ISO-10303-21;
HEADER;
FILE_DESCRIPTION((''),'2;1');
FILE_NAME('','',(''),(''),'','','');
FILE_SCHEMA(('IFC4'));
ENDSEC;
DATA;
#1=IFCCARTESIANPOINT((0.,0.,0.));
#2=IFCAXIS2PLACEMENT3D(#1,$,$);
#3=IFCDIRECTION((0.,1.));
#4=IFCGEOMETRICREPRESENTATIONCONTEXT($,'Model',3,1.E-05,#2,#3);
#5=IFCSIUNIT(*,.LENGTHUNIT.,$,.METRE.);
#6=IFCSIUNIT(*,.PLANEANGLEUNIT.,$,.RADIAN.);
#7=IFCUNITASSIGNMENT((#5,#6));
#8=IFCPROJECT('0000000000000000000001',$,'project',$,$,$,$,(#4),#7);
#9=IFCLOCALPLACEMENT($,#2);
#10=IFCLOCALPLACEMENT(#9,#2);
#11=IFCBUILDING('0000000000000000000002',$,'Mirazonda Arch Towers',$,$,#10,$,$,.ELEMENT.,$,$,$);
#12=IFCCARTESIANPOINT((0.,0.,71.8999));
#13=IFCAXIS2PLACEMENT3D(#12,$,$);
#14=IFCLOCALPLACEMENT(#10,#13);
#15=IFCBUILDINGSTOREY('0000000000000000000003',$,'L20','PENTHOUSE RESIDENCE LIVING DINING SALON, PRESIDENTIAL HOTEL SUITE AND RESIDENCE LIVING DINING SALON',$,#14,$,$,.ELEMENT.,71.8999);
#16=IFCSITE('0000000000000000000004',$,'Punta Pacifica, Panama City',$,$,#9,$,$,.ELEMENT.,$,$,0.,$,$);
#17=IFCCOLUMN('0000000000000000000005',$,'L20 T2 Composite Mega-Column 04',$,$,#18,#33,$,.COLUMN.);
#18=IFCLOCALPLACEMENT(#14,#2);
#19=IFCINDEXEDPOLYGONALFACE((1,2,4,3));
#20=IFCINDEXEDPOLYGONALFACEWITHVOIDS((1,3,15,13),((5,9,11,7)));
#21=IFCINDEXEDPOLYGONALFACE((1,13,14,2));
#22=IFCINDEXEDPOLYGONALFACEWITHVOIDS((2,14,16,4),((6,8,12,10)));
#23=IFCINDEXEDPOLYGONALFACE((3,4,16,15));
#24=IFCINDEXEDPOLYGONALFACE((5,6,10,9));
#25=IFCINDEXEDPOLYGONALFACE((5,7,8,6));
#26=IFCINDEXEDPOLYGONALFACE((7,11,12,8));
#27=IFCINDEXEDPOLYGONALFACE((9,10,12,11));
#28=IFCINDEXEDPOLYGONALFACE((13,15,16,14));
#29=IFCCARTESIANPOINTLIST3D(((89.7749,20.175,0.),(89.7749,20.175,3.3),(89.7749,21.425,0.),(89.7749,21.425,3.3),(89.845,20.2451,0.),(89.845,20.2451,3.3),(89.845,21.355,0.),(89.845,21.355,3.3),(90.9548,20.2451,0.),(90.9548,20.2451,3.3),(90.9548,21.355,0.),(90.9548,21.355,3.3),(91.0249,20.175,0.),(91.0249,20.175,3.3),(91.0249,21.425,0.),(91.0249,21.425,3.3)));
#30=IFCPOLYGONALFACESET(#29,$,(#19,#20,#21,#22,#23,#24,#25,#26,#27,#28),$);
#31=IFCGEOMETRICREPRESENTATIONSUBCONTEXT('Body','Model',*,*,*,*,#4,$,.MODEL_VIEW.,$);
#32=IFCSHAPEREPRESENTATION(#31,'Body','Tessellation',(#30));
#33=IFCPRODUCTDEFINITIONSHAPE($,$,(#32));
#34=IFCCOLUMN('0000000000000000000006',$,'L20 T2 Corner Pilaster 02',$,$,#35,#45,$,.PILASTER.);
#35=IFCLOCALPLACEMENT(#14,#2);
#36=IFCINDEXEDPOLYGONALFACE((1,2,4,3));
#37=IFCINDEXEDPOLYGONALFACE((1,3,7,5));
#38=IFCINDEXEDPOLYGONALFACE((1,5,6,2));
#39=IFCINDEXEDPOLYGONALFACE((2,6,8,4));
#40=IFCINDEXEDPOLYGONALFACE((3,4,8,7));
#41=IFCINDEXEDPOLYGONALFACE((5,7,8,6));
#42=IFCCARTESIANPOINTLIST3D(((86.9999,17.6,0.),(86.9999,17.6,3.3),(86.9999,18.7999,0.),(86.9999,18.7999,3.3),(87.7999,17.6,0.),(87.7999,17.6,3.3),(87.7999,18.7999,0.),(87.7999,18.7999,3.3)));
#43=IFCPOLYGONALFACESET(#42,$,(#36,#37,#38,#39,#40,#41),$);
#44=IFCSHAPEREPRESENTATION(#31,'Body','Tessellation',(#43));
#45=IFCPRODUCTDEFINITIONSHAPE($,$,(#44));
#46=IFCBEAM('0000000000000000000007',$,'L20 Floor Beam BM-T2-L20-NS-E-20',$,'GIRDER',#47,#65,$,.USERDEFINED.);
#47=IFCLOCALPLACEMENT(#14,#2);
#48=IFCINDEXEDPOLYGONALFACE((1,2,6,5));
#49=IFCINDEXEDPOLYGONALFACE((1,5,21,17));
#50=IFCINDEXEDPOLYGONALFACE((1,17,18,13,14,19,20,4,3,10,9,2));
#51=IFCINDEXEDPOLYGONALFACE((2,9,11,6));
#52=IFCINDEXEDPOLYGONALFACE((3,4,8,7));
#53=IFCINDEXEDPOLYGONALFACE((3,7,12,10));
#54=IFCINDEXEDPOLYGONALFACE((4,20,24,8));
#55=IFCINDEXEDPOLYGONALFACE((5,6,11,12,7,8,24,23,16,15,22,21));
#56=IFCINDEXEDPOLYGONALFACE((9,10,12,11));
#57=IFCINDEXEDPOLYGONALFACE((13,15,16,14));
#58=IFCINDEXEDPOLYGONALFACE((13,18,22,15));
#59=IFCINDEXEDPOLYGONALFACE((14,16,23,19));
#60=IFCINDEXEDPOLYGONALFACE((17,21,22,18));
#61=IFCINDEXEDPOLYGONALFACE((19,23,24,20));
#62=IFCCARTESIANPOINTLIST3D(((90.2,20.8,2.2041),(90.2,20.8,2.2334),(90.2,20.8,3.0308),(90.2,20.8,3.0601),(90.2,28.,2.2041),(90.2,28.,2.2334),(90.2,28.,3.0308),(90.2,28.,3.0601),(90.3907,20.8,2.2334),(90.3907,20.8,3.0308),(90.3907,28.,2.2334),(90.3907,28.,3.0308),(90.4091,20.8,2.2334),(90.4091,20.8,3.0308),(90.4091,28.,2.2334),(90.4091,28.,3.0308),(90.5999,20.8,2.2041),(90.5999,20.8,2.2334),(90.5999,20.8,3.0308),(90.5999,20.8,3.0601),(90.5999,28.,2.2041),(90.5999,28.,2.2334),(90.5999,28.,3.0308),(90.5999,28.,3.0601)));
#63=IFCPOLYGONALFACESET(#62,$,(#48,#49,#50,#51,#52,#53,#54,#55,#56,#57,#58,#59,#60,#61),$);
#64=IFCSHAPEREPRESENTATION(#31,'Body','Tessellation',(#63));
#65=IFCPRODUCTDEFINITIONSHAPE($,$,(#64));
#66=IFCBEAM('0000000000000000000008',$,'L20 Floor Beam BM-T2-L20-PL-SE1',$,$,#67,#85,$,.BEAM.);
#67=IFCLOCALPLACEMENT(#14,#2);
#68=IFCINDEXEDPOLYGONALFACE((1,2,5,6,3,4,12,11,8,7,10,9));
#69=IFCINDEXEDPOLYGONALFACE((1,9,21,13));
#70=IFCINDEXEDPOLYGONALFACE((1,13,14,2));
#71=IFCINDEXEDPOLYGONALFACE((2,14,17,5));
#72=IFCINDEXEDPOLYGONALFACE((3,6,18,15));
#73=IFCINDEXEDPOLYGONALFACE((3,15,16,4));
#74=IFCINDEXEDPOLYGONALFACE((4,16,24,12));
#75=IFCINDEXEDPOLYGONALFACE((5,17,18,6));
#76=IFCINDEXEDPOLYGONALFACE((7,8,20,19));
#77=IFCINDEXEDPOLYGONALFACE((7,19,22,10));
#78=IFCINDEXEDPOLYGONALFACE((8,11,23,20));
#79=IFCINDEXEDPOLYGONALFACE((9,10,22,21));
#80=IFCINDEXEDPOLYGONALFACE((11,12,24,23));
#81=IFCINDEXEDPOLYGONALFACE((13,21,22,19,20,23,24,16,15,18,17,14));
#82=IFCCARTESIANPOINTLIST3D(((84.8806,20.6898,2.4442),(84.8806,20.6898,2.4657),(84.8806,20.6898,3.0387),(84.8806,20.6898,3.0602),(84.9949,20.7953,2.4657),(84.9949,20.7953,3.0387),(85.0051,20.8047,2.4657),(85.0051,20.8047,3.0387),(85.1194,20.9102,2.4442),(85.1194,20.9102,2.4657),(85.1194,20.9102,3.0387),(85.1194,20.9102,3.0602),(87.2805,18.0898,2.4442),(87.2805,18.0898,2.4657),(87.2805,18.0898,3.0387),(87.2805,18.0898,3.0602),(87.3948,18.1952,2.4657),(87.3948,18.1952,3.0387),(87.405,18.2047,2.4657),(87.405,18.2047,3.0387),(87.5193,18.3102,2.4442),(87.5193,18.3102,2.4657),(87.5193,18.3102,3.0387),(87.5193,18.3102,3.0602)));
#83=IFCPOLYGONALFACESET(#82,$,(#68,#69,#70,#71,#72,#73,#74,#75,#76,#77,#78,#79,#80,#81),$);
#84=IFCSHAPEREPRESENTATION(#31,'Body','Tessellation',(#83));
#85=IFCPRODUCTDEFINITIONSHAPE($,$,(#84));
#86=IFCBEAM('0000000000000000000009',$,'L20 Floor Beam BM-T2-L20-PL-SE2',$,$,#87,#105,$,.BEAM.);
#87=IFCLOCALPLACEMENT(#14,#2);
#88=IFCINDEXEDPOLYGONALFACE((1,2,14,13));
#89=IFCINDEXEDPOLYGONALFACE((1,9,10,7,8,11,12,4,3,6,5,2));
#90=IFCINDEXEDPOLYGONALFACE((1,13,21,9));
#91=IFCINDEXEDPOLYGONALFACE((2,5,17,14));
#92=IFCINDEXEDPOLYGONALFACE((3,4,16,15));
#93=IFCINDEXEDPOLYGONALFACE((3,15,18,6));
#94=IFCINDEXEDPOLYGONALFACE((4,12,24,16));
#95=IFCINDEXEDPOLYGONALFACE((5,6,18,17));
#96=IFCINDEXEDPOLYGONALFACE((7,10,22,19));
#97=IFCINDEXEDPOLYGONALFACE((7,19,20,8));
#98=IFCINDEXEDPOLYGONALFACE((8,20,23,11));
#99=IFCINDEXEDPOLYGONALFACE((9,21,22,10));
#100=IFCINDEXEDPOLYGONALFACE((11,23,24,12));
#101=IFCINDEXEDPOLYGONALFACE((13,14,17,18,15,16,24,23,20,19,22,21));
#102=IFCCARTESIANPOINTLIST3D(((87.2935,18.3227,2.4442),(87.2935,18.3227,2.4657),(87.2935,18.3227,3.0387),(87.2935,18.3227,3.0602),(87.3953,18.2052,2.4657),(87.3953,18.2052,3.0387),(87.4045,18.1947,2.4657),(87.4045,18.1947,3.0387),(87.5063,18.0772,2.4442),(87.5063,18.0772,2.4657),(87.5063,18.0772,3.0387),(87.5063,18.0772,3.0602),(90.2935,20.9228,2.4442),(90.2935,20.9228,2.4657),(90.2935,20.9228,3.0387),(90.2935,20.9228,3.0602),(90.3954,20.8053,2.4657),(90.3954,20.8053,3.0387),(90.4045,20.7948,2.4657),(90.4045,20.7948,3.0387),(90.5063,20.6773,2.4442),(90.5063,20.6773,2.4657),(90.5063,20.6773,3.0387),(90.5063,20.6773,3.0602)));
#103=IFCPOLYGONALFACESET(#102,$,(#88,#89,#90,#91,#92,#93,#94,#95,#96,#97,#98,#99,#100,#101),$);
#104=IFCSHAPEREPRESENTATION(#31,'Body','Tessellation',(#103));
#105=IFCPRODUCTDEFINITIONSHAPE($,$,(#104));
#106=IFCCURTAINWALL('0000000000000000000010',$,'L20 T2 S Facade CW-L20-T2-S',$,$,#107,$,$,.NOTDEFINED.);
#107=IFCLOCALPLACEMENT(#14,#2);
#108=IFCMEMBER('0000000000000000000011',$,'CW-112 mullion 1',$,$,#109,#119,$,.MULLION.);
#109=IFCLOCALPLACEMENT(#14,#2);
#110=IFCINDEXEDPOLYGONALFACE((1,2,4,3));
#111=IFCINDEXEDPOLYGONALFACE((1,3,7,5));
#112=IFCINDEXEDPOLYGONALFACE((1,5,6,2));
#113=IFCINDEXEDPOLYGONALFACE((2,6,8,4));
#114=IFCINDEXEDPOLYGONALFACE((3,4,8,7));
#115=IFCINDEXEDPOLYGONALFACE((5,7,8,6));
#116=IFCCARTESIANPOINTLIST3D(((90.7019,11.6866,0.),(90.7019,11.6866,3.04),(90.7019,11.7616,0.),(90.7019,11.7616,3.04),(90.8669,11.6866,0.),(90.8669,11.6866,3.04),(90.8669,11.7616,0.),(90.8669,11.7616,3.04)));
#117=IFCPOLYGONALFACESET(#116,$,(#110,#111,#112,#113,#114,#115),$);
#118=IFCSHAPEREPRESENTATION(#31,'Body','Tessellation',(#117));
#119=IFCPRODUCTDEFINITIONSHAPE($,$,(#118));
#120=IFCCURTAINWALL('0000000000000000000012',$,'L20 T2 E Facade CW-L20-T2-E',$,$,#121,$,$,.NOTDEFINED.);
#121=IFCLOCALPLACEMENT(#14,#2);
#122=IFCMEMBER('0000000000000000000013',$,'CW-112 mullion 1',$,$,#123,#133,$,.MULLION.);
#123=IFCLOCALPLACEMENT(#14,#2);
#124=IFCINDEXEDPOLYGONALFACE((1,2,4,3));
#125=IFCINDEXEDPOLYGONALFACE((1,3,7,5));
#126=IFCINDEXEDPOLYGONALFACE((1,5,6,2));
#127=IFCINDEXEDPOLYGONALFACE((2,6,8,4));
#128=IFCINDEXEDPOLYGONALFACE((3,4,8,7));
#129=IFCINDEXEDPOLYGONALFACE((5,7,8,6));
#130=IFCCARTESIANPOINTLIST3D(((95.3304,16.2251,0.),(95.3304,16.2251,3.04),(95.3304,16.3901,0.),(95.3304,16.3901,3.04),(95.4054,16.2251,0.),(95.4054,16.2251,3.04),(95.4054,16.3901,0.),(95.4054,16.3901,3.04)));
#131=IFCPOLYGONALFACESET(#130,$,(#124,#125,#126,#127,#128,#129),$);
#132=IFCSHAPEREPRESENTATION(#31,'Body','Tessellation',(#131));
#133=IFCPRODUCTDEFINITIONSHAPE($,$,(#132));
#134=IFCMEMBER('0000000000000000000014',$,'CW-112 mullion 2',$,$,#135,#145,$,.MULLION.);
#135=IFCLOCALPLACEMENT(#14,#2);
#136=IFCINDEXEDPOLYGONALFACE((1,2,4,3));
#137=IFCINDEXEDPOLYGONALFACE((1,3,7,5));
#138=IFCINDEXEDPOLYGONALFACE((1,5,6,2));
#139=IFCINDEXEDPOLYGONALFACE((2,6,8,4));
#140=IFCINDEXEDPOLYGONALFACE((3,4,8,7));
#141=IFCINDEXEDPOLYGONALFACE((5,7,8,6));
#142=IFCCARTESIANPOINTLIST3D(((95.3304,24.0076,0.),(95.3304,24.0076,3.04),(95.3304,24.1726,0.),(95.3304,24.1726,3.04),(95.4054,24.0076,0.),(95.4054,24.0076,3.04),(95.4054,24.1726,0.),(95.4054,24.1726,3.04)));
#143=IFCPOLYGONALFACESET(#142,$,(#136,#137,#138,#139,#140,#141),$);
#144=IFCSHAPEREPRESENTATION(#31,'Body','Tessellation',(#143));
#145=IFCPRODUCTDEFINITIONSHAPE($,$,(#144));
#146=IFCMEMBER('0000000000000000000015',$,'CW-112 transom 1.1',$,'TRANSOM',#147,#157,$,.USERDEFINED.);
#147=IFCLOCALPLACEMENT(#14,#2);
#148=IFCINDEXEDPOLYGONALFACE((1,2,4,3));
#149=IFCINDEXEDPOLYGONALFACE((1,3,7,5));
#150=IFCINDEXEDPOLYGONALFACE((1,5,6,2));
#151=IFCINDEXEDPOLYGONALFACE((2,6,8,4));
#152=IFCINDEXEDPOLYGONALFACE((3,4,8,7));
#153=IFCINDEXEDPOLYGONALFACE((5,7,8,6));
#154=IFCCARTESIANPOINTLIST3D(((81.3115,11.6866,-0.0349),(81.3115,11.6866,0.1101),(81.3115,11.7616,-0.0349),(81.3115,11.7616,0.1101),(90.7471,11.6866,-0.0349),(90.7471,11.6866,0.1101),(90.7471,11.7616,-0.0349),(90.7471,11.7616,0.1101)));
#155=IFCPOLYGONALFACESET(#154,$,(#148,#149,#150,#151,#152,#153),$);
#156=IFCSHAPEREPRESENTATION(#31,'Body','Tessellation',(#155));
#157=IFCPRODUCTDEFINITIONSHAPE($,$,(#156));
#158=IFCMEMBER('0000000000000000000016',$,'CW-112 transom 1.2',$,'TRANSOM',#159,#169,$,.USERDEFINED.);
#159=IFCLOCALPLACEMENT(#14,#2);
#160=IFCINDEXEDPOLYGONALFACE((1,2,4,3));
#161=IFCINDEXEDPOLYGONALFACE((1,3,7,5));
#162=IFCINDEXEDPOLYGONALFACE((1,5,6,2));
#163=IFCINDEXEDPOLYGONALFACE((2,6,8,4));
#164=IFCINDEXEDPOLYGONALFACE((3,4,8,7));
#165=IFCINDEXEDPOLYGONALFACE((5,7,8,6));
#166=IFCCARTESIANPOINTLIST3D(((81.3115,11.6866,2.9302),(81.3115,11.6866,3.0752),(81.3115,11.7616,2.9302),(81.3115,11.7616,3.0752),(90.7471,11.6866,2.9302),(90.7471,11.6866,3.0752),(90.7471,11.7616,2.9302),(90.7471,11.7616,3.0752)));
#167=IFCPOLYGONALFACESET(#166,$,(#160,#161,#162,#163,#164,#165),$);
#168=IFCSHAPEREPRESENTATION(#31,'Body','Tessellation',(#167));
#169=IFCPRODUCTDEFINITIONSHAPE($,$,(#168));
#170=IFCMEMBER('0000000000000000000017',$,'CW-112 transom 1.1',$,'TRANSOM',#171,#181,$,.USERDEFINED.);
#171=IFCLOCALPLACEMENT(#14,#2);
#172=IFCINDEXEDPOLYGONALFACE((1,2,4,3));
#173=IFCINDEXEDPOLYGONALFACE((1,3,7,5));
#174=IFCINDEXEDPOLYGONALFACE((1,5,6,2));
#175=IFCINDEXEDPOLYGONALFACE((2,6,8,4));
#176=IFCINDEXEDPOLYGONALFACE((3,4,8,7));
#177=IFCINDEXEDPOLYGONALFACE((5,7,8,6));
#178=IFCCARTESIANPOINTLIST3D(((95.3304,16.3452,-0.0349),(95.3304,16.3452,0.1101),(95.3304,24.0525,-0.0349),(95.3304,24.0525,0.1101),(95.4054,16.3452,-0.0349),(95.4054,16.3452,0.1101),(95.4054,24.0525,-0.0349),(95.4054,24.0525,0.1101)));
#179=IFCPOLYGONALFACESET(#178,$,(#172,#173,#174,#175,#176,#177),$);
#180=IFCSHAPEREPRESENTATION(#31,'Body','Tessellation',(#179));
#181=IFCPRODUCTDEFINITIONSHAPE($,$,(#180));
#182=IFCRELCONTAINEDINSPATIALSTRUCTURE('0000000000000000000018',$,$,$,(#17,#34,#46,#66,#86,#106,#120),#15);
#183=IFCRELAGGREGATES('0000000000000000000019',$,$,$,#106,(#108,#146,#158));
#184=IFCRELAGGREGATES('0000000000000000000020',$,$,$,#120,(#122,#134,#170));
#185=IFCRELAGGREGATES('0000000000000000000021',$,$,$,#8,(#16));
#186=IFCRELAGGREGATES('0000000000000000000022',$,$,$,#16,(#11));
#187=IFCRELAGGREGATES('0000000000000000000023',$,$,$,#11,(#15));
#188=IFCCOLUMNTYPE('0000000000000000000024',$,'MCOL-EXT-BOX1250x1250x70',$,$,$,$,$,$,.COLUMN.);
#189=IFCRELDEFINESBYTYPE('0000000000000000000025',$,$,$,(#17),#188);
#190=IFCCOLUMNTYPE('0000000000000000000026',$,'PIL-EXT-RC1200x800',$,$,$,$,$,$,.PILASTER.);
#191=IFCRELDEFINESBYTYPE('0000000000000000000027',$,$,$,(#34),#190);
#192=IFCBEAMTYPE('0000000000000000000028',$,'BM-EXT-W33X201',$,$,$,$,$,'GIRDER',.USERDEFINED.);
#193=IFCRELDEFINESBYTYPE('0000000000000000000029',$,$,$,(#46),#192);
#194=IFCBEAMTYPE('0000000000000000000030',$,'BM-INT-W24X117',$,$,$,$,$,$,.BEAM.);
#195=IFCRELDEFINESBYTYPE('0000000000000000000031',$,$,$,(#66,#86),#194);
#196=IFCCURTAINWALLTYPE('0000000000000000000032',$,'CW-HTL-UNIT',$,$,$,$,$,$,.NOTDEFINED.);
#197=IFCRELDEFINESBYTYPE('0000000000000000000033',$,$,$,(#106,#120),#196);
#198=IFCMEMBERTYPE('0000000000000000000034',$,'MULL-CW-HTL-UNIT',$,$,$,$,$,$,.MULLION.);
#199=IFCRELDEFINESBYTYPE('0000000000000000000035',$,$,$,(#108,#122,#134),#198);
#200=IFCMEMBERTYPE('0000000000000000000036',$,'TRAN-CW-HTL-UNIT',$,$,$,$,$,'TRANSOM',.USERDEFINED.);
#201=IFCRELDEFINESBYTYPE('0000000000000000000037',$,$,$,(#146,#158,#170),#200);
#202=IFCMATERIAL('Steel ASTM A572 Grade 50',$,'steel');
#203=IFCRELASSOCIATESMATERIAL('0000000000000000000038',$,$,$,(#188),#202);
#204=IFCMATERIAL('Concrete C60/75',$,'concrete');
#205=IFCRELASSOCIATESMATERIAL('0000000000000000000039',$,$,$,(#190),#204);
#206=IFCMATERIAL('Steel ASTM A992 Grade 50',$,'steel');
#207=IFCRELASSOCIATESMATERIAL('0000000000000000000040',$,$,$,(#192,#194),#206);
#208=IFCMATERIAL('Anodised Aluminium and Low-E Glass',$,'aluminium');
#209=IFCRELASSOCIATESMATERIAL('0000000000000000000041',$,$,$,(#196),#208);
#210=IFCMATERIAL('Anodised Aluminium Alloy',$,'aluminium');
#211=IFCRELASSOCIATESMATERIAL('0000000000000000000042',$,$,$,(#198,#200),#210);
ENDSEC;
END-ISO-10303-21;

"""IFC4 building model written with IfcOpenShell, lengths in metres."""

from ifc_helpers import new_model, si_unit, direction, frame, origin, origin_2d, place, context, subcontext, project, spatial, rectangle, hollow_rectangle, i_section, extrude, material, material_profile, profile_set, type_object, element, aggregate, save


model = new_model("IFC4")

# Units and contexts
model_context = context("Model", 3, precision=1e-05, world=origin(), true_north=direction((0.0, 1.0)))
body_context = subcontext(model_context, "Body", "Model", "MODEL_VIEW")
ifc_project = project(units=[si_unit("LENGTHUNIT", "METRE"), si_unit("PLANEANGLEUNIT", "RADIAN")], contexts=[model_context])

# Site, building, storey
site_placement = place(None, origin())
site = spatial("IfcSite", under=ifc_project, at=site_placement, Name="Punta Pacifica, Panama City", CompositionType="ELEMENT", RefElevation=0.0)
building_placement = place(site_placement, origin())
building = spatial("IfcBuilding", under=site, at=building_placement, Name="Mirazonda Arch Towers", CompositionType="ELEMENT")
storey_placement = place(building_placement, frame((0.0, 0.0, 71.8999)))
storey = spatial("IfcBuildingStorey", under=building, at=storey_placement, Name="L20", Description="PENTHOUSE RESIDENCE LIVING DINING SALON, PRESIDENTIAL HOTEL SUITE AND RESIDENCE LIVING DINING SALON", CompositionType="ELEMENT", Elevation=71.8999)

# Columns
ifc_material_1 = material(Name="Steel ASTM A572 Grade 50", Category="steel")
ifc_material_profile_1 = material_profile(ifc_material_1, hollow_rectangle(XDim=1.25, YDim=1.25, WallThickness=0.0701, at=origin_2d()), Name="BOX1250x1250x70")
ifc_profile_set_1 = profile_set([ifc_material_profile_1], Name="Steel ASTM A572 Grade 50")
column_type_1 = type_object("IfcColumnType", Name="MCOL-EXT-BOX1250x1250x70", PredefinedType="COLUMN", material=ifc_profile_set_1)
column_1_placement = place(storey_placement, frame((90.3999, 20.8, 0.0), z_axis=(0.0, 0.0, 1.0), x_axis=(1.0, 0.0, 0.0)))
element("IfcColumn", 1, at=column_1_placement, inside=storey, type_object=column_type_1, Name="L20 T2 Composite Mega-Column 04", PredefinedType="COLUMN", context=body_context, shape_type="SweptSolid", body=[
    extrude(hollow_rectangle(XDim=1.25, YDim=1.25, WallThickness=0.0701, at=origin_2d()), origin(), (0.0, 0.0, 1.0), 3.3),
])
ifc_material_2 = material(Name="Concrete C60/75", Category="concrete")
ifc_material_profile_2 = material_profile(ifc_material_2, rectangle(XDim=0.8, YDim=1.2, at=origin_2d()), Name="RC1200x800")
ifc_profile_set_2 = profile_set([ifc_material_profile_2], Name="Concrete C60/75")
column_type_2 = type_object("IfcColumnType", Name="PIL-EXT-RC1200x800", PredefinedType="PILASTER", material=ifc_profile_set_2)
column_2_placement = place(storey_placement, frame((87.3999, 18.2, 0.0), z_axis=(0.0, 0.0, 1.0), x_axis=(1.0, 0.0, 0.0)))
element("IfcColumn", 2, at=column_2_placement, inside=storey, type_object=column_type_2, Name="L20 T2 Corner Pilaster 02", PredefinedType="PILASTER", context=body_context, shape_type="SweptSolid", body=[
    extrude(rectangle(XDim=0.8, YDim=1.2, at=origin_2d()), origin(), (0.0, 0.0, 1.0), 3.3),
])

# Beams
ifc_material_3 = material(Name="Steel ASTM A992 Grade 50", Category="steel")
ifc_material_profile_3 = material_profile(ifc_material_3, i_section(OverallWidth=0.3999, OverallDepth=0.856, WebThickness=0.0183, FlangeThickness=0.0293, at=origin_2d()), Name="W33X201")
ifc_profile_set_3 = profile_set([ifc_material_profile_3], Name="Steel ASTM A992 Grade 50")
beam_type_1 = type_object("IfcBeamType", Name="BM-EXT-W33X201", ElementType="GIRDER", PredefinedType="USERDEFINED", material=ifc_profile_set_3)
beam_1_placement = place(storey_placement, frame((90.3999, 20.8, 2.6321), z_axis=(0.0, 1.0, 0.0), x_axis=(-1.0, 0.0, 0.0)))
element("IfcBeam", 3, at=beam_1_placement, inside=storey, type_object=beam_type_1, Name="L20 Floor Beam BM-T2-L20-NS-E-20", ObjectType="GIRDER", PredefinedType="USERDEFINED", context=body_context, shape_type="SweptSolid", body=[
    extrude(i_section(OverallWidth=0.3999, OverallDepth=0.856, WebThickness=0.0183, FlangeThickness=0.0293, at=origin_2d()), origin(), (0.0, 0.0, 1.0), 7.2),
])
ifc_material_profile_4 = material_profile(ifc_material_3, i_section(OverallWidth=0.325, OverallDepth=0.616, WebThickness=0.0139, FlangeThickness=0.0215, at=origin_2d()), Name="W24X117")
ifc_profile_set_4 = profile_set([ifc_material_profile_4], Name="Steel ASTM A992 Grade 50")
beam_type_2 = type_object("IfcBeamType", Name="BM-INT-W24X117", PredefinedType="BEAM", material=ifc_profile_set_4)
beam_2_placement = place(storey_placement, frame((87.3999, 18.2, 2.7522), z_axis=(-0.678251, 0.73483, 0.0), x_axis=(-0.73483, -0.678251, 0.0)))
element("IfcBeam", 4, at=beam_2_placement, inside=storey, type_object=beam_type_2, Name="L20 Floor Beam BM-T2-L20-PL-SE1", PredefinedType="BEAM", context=body_context, shape_type="SweptSolid", body=[
    extrude(i_section(OverallWidth=0.325, OverallDepth=0.616, WebThickness=0.0139, FlangeThickness=0.0215, at=origin_2d()), origin(), (0.0, 0.0, 1.0), 3.5383),
])
beam_3_placement = place(storey_placement, frame((87.3999, 18.2, 2.7522), z_axis=(0.755677, 0.654945, 0.0), x_axis=(-0.654945, 0.755677, 0.0)))
element("IfcBeam", 5, at=beam_3_placement, inside=storey, type_object=beam_type_2, Name="L20 Floor Beam BM-T2-L20-PL-SE2", PredefinedType="BEAM", context=body_context, shape_type="SweptSolid", body=[
    extrude(i_section(OverallWidth=0.325, OverallDepth=0.616, WebThickness=0.0139, FlangeThickness=0.0215, at=origin_2d()), origin(), (0.0, 0.0, 1.0), 3.97),
])

# Curtain wall, member
ifc_material_4 = material(Name="Anodised Aluminium and Low-E Glass", Category="aluminium")
curtain_wall_type = type_object("IfcCurtainWallType", Name="CW-HTL-UNIT", PredefinedType="NOTDEFINED", material=ifc_material_4)
curtain_wall_1_placement = place(storey_placement, origin())
curtain_wall_1 = element("IfcCurtainWall", 6, at=curtain_wall_1_placement, inside=storey, type_object=curtain_wall_type, Name="L20 T2 S Facade CW-L20-T2-S", PredefinedType="NOTDEFINED")
ifc_material_5 = material(Name="Anodised Aluminium Alloy", Category="aluminium")
ifc_material_profile_5 = material_profile(ifc_material_5, rectangle(XDim=0.075, YDim=0.165, at=origin_2d()), Name="ALU-MULL-75x165")
ifc_profile_set_5 = profile_set([ifc_material_profile_5], Name="Anodised Aluminium Alloy")
member_type_1 = type_object("IfcMemberType", Name="MULL-CW-HTL-UNIT", PredefinedType="MULLION", material=ifc_profile_set_5)
member_1_placement = place(storey_placement, frame((90.7844, 11.7241, 0.0), z_axis=(0.0, 0.0, 1.0), x_axis=(0.0, -1.0, 0.0)))
member_1 = element("IfcMember", 7, at=member_1_placement, type_object=member_type_1, Name="CW-112 mullion 1", PredefinedType="MULLION", context=body_context, shape_type="SweptSolid", body=[
    extrude(rectangle(XDim=0.075, YDim=0.165, at=origin_2d()), origin(), (0.0, 0.0, 1.0), 3.04),
])

# Curtain wall, members
curtain_wall_2_placement = place(storey_placement, origin())
curtain_wall_2 = element("IfcCurtainWall", 8, at=curtain_wall_2_placement, inside=storey, type_object=curtain_wall_type, Name="L20 T2 E Facade CW-L20-T2-E", PredefinedType="NOTDEFINED")
member_2_placement = place(storey_placement, frame((95.3679, 16.3076, 0.0), z_axis=(0.0, 0.0, 1.0), x_axis=(-1.0, 0.0, 0.0)))
member_2 = element("IfcMember", 9, at=member_2_placement, type_object=member_type_1, Name="CW-112 mullion 1", PredefinedType="MULLION", context=body_context, shape_type="SweptSolid", body=[
    extrude(rectangle(XDim=0.075, YDim=0.165, at=origin_2d()), origin(), (0.0, 0.0, 1.0), 3.04),
])
member_3_placement = place(storey_placement, frame((95.3679, 24.0901, 0.0), z_axis=(0.0, 0.0, 1.0), x_axis=(-1.0, 0.0, 0.0)))
member_3 = element("IfcMember", 10, at=member_3_placement, type_object=member_type_1, Name="CW-112 mullion 2", PredefinedType="MULLION", context=body_context, shape_type="SweptSolid", body=[
    extrude(rectangle(XDim=0.075, YDim=0.165, at=origin_2d()), origin(), (0.0, 0.0, 1.0), 3.04),
])

# Members
ifc_material_profile_6 = material_profile(ifc_material_5, rectangle(XDim=0.075, YDim=0.145, at=origin_2d()), Name="ALU-TRAN-75x145")
ifc_profile_set_6 = profile_set([ifc_material_profile_6], Name="Anodised Aluminium Alloy")
member_type_2 = type_object("IfcMemberType", Name="TRAN-CW-HTL-UNIT", ElementType="TRANSOM", PredefinedType="USERDEFINED", material=ifc_profile_set_6)
member_4_placement = place(storey_placement, frame((90.7471, 11.7241, 0.0376), z_axis=(-1.0, 0.0, 0.0), x_axis=(0.0, -1.0, 0.0)))
member_4 = element("IfcMember", 11, at=member_4_placement, type_object=member_type_2, Name="CW-112 transom 1.1", ObjectType="TRANSOM", PredefinedType="USERDEFINED", context=body_context, shape_type="SweptSolid", body=[
    extrude(rectangle(XDim=0.075, YDim=0.145, at=origin_2d()), origin(), (0.0, 0.0, 1.0), 9.4355),
])
member_5_placement = place(storey_placement, frame((90.7471, 11.7241, 3.0027), z_axis=(-1.0, 0.0, 0.0), x_axis=(0.0, -1.0, 0.0)))
member_5 = element("IfcMember", 12, at=member_5_placement, type_object=member_type_2, Name="CW-112 transom 1.2", ObjectType="TRANSOM", PredefinedType="USERDEFINED", context=body_context, shape_type="SweptSolid", body=[
    extrude(rectangle(XDim=0.075, YDim=0.145, at=origin_2d()), origin(), (0.0, 0.0, 1.0), 9.4355),
])
member_6_placement = place(storey_placement, frame((95.3679, 16.3452, 0.0376), z_axis=(0.0, 1.0, 0.0), x_axis=(-1.0, 0.0, 0.0)))
member_6 = element("IfcMember", 13, at=member_6_placement, type_object=member_type_2, Name="CW-112 transom 1.1", ObjectType="TRANSOM", PredefinedType="USERDEFINED", context=body_context, shape_type="SweptSolid", body=[
    extrude(rectangle(XDim=0.075, YDim=0.145, at=origin_2d()), origin(), (0.0, 0.0, 1.0), 7.7073),
])

aggregate(curtain_wall_1, [member_1, member_4, member_5])
aggregate(curtain_wall_2, [member_2, member_3, member_6])

save(model, "model.ifc")
